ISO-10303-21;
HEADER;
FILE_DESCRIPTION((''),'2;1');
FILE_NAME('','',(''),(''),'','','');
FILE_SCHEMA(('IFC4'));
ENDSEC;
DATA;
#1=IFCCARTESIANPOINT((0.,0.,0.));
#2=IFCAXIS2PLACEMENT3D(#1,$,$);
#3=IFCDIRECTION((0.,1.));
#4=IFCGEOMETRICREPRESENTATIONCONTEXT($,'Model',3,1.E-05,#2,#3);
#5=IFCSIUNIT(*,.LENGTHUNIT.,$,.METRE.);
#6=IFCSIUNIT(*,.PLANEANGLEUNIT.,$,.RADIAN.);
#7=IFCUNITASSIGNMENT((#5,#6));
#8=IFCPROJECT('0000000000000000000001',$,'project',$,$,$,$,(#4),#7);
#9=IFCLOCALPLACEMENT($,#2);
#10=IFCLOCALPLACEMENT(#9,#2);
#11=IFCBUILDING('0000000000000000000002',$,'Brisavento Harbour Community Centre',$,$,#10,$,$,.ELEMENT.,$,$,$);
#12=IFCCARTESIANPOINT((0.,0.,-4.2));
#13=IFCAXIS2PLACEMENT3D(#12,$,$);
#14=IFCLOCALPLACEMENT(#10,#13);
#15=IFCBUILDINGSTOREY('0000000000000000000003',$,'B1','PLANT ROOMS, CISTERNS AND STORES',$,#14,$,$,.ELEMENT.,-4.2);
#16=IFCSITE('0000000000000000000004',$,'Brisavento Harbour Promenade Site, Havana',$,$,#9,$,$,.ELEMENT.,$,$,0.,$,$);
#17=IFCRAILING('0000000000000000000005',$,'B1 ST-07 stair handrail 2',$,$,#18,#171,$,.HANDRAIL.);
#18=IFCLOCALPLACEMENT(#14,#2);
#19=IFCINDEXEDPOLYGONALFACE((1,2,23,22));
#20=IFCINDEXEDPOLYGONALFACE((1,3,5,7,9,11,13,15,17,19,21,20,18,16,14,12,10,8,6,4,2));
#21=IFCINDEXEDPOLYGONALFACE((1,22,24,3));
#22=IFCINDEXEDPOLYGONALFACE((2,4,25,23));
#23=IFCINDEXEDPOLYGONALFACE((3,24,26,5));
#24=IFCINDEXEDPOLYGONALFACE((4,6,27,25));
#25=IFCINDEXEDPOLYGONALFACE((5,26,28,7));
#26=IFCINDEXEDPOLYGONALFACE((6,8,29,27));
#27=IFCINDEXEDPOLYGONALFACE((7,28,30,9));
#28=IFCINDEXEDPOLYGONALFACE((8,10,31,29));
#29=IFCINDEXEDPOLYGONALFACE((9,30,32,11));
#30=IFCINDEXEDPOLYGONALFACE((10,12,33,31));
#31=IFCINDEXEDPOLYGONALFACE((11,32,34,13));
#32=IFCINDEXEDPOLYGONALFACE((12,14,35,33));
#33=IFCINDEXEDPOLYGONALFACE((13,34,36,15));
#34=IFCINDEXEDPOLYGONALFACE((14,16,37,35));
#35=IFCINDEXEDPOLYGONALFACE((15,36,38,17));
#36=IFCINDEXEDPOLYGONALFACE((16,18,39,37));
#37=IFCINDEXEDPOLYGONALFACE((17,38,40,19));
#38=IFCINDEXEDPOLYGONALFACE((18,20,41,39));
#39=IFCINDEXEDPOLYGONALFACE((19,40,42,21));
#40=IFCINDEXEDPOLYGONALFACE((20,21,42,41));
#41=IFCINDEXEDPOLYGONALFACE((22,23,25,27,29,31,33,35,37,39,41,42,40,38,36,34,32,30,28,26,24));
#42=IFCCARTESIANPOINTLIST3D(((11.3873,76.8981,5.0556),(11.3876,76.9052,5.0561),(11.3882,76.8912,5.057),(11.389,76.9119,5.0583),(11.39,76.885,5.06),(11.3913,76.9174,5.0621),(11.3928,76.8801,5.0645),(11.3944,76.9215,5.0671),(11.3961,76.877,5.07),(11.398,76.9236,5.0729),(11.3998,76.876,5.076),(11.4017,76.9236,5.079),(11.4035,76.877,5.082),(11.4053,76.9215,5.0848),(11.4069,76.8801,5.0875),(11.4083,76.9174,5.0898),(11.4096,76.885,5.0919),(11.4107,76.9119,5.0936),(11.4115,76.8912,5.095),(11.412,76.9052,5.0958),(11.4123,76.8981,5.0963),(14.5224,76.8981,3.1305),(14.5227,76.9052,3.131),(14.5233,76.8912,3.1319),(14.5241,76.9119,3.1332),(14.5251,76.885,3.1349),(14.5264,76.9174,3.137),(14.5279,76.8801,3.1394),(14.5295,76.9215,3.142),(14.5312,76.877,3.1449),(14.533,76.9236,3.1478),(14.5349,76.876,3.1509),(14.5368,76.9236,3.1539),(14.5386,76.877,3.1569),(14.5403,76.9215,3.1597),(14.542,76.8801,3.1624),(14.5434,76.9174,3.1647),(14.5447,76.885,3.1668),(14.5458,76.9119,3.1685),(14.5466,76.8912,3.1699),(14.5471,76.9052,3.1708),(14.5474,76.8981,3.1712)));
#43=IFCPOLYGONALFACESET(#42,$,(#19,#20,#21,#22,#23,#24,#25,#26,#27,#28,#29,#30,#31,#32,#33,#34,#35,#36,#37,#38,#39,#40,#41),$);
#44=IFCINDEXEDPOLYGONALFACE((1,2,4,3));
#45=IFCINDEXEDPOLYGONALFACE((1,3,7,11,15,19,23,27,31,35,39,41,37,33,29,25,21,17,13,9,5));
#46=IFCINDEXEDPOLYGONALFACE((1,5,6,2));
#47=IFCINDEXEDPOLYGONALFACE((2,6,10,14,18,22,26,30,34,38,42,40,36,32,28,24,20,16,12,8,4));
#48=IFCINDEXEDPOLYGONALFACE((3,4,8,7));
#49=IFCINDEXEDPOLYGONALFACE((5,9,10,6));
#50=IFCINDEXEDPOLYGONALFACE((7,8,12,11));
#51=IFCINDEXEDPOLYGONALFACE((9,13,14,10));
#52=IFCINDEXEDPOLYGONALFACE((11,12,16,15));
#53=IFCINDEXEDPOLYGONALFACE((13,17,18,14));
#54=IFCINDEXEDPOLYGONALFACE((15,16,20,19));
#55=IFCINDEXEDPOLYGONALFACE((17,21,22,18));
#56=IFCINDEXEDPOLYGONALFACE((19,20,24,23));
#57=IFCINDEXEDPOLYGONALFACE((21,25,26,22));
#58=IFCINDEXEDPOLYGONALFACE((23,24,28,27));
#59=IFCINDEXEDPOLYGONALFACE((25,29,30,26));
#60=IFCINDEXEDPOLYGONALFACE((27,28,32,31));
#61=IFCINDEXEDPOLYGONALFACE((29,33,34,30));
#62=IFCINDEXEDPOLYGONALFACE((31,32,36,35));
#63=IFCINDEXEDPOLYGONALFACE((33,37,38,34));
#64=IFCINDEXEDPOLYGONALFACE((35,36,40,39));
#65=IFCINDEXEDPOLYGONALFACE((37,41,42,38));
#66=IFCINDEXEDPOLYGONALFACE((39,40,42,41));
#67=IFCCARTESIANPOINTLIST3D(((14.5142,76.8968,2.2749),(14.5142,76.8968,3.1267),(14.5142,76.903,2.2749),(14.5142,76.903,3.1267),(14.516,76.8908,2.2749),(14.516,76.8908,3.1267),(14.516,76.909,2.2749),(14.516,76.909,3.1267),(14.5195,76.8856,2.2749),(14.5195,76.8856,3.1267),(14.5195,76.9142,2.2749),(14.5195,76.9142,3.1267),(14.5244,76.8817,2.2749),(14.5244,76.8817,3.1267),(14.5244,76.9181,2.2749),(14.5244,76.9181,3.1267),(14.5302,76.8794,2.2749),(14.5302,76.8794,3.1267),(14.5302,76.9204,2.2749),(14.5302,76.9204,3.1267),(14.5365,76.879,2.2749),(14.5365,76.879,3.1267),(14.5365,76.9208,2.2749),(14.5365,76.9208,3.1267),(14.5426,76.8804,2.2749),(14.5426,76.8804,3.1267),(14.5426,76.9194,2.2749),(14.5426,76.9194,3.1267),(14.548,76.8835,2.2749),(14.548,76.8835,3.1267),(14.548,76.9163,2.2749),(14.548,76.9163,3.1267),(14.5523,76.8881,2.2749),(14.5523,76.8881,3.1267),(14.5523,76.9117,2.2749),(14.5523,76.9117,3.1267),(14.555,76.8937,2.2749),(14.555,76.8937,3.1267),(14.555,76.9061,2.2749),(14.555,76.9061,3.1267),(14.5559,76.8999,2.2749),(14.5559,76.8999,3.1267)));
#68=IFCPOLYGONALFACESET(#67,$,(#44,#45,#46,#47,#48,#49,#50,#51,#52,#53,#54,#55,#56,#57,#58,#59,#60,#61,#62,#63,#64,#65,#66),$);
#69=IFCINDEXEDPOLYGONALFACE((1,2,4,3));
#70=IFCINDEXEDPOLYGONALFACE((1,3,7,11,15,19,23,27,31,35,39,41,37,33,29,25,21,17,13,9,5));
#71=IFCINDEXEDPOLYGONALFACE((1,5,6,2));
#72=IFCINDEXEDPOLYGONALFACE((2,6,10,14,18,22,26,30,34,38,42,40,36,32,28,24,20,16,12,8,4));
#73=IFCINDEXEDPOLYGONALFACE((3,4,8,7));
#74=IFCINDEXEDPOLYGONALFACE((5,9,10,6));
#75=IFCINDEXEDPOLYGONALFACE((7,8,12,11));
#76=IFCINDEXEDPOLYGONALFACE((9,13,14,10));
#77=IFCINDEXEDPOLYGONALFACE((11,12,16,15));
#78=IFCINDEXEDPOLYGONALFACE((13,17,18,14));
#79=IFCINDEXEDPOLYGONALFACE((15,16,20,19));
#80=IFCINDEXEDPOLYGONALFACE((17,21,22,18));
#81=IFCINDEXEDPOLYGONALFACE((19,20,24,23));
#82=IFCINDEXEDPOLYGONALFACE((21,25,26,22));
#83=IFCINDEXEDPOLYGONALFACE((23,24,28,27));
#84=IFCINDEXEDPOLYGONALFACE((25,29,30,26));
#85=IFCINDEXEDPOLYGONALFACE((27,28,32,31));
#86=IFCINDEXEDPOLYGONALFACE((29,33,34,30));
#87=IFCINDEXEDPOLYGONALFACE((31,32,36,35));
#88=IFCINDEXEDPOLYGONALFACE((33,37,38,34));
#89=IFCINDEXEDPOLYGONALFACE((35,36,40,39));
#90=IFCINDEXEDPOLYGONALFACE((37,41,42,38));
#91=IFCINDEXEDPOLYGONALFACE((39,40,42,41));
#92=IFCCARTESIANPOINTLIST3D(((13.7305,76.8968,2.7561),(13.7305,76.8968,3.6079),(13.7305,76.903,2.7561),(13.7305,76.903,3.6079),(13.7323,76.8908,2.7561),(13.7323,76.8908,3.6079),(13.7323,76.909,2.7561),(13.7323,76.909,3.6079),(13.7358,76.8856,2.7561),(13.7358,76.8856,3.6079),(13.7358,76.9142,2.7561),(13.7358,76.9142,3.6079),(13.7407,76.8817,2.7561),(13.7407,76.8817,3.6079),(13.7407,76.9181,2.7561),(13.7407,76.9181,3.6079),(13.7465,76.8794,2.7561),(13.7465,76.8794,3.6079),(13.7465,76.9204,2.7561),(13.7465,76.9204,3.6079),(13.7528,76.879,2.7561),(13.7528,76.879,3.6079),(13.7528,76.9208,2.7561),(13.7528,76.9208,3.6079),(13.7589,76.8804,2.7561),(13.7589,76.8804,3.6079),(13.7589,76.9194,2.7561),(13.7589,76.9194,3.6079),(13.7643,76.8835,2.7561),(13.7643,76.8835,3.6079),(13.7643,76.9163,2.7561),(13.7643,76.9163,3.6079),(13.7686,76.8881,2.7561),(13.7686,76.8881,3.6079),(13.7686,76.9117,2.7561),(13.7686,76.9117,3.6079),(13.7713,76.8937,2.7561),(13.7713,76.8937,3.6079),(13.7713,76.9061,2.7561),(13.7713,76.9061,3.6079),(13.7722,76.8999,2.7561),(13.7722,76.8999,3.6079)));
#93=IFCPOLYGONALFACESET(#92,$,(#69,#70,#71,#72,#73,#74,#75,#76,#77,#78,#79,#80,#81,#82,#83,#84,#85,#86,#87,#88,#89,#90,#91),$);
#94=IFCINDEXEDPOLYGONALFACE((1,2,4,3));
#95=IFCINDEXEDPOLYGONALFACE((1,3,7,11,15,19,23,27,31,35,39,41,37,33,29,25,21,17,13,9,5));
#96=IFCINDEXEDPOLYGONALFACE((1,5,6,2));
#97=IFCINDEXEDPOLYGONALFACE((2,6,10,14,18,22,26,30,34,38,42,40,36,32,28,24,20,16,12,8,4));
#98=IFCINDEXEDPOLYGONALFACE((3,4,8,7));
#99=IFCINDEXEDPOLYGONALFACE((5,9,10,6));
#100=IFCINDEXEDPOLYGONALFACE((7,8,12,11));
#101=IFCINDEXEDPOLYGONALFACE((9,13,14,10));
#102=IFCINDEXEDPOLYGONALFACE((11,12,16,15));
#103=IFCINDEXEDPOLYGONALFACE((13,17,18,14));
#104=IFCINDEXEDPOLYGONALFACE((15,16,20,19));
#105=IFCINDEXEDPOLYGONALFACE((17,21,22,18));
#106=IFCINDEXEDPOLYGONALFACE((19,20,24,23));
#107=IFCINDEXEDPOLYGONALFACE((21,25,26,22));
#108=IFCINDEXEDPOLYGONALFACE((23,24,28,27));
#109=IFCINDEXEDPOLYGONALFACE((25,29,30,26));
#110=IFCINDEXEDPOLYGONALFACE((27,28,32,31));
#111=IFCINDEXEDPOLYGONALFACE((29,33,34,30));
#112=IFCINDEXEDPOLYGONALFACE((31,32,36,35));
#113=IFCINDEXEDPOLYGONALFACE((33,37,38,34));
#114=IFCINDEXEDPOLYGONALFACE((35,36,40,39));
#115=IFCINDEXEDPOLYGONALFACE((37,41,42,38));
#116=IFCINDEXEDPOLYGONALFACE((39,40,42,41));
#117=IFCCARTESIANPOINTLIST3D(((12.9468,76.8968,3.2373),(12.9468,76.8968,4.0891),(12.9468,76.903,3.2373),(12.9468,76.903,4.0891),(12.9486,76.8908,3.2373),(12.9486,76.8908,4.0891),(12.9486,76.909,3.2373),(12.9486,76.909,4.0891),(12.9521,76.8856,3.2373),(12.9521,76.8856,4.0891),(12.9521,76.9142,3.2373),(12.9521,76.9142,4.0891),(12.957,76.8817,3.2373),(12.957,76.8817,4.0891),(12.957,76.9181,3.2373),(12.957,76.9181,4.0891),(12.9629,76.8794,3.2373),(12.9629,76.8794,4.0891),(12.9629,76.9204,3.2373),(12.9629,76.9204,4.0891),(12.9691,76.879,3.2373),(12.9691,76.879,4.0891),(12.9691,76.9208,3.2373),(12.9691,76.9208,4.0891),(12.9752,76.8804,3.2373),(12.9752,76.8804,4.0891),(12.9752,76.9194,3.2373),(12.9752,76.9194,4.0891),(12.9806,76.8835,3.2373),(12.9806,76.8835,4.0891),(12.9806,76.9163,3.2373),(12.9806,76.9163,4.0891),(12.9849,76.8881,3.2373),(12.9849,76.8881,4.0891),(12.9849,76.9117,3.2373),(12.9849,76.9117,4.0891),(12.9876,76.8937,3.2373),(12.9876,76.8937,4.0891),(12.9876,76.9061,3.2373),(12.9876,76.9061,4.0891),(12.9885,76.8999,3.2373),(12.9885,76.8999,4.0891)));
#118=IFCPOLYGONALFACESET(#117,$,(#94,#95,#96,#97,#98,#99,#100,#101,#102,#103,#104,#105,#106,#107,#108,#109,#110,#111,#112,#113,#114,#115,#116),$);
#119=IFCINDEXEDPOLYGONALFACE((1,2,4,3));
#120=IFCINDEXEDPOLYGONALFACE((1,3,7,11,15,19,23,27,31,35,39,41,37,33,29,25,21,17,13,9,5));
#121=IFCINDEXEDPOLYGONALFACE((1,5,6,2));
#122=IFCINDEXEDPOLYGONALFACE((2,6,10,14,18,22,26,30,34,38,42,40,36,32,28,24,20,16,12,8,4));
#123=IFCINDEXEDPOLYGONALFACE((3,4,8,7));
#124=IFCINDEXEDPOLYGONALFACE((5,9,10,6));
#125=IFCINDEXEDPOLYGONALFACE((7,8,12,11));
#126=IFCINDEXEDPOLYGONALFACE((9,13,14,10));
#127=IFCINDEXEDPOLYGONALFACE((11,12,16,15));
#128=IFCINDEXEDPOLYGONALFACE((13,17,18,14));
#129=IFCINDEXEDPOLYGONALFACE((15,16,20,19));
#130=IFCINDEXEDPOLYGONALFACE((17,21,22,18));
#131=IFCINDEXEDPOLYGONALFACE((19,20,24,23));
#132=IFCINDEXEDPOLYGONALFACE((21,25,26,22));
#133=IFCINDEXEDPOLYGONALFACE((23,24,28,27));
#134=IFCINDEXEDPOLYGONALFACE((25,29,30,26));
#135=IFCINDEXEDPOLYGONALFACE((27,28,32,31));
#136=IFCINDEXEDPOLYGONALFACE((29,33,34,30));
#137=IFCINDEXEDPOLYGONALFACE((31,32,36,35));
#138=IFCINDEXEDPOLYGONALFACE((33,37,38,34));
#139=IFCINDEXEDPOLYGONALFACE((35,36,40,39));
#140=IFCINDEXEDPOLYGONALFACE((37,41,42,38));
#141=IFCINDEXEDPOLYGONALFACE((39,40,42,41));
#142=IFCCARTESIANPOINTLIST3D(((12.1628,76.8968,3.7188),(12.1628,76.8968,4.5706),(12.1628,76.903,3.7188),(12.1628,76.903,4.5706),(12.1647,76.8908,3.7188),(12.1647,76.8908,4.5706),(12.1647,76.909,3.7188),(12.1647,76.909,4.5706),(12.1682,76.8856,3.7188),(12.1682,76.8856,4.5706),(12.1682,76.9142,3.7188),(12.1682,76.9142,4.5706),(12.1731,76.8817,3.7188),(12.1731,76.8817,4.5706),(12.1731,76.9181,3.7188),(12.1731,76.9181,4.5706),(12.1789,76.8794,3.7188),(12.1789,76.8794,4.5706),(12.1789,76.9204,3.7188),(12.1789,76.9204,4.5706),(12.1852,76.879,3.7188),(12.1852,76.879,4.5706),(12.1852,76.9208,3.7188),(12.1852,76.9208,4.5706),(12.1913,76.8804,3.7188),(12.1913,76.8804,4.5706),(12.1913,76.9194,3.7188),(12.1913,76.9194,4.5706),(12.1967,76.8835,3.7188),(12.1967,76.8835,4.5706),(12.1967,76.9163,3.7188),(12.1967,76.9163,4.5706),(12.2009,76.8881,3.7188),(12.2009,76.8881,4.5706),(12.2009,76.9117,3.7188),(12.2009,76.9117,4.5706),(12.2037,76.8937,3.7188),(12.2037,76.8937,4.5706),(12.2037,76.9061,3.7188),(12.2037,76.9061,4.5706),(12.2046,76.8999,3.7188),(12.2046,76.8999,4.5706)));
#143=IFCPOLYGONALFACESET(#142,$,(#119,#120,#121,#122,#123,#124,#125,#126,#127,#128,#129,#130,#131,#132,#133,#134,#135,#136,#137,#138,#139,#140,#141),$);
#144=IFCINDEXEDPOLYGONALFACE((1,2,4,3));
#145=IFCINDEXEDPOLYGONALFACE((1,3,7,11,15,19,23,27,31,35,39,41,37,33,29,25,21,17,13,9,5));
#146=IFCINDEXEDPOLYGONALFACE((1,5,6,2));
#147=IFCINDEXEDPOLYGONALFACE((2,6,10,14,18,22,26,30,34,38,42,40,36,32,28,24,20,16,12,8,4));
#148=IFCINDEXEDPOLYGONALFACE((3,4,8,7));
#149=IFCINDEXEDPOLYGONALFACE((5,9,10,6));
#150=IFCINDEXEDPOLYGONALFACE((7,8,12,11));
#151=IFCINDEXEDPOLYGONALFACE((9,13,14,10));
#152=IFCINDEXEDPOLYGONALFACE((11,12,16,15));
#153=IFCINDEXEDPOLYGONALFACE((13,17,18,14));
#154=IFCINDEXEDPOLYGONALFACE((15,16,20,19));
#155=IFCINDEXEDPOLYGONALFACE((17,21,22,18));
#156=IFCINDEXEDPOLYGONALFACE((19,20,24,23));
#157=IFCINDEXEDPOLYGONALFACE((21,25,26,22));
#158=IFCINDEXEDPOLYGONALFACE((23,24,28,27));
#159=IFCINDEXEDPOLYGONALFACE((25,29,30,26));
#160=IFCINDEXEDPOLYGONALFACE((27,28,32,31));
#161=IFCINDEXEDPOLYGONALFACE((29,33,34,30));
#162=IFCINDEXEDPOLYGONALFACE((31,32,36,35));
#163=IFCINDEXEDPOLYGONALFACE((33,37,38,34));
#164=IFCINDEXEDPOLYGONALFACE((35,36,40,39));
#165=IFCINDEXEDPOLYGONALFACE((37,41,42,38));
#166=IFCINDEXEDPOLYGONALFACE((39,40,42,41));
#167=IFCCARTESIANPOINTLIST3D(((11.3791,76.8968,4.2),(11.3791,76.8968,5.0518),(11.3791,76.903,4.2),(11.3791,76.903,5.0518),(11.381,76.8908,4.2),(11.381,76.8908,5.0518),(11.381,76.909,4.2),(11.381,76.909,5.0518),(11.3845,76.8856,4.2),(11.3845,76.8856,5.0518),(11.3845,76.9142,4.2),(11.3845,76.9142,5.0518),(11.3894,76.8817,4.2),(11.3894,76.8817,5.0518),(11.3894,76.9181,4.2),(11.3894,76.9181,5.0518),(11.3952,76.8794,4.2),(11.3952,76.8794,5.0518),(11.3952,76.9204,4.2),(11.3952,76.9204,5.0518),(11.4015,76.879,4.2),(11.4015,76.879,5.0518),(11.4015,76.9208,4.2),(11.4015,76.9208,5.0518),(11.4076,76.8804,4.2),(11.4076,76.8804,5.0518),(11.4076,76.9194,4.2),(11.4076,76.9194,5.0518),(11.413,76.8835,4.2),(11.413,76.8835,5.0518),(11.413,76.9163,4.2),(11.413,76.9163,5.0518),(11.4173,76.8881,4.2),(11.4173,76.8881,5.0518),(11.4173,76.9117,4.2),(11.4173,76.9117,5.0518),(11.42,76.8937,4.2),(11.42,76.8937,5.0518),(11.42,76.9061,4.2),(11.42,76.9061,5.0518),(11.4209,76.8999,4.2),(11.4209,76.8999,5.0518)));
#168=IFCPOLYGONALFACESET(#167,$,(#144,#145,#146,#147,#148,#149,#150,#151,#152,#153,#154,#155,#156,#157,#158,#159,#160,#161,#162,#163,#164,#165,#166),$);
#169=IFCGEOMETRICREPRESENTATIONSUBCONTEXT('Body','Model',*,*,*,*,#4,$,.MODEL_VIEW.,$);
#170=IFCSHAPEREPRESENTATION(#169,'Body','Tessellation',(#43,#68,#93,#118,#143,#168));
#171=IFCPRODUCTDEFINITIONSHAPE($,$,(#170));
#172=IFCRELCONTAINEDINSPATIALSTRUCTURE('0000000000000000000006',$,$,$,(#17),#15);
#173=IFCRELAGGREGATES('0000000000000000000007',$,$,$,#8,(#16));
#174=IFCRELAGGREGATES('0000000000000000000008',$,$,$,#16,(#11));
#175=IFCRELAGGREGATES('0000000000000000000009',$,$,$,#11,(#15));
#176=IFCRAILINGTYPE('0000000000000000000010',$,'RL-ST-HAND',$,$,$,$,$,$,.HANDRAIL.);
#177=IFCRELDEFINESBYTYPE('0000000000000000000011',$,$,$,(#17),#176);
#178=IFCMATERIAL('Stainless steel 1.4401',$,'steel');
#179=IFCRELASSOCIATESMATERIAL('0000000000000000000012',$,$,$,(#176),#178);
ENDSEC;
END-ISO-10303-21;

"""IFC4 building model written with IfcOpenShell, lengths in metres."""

from ifc_helpers import new_model, si_unit, direction, frame, origin, origin_2d, place, context, subcontext, project, spatial, circle, extrude, material, type_object, element, save


model = new_model("IFC4")

# Units and contexts
model_context = context("Model", 3, precision=1e-05, world=origin(), true_north=direction((0.0, 1.0)))
body_context = subcontext(model_context, "Body", "Model", "MODEL_VIEW")
ifc_project = project(units=[si_unit("LENGTHUNIT", "METRE"), si_unit("PLANEANGLEUNIT", "RADIAN")], contexts=[model_context])

# Site, building, storey
site_placement = place(None, origin())
site = spatial("IfcSite", under=ifc_project, at=site_placement, Name="Brisavento Harbour Promenade Site, Havana", CompositionType="ELEMENT", RefElevation=0.0)
building_placement = place(site_placement, origin())
building = spatial("IfcBuilding", under=site, at=building_placement, Name="Brisavento Harbour Community Centre", CompositionType="ELEMENT")
storey_placement = place(building_placement, frame((0.0, 0.0, -4.2)))
storey = spatial("IfcBuildingStorey", under=building, at=storey_placement, Name="B1", Description="PLANT ROOMS, CISTERNS AND STORES", CompositionType="ELEMENT", Elevation=-4.2)

# Railing
ifc_material_1 = material(Name="Stainless steel 1.4401", Category="steel")
railing_type_1 = type_object("IfcRailingType", Name="RL-ST-HAND", PredefinedType="HANDRAIL", material=ifc_material_1)
railing_1_placement = place(storey_placement, frame((14.5349, 76.8999, 2.2749)))
element("IfcRailing", 1, at=railing_1_placement, inside=storey, type_object=railing_type_1, Name="B1 ST-07 stair handrail 2", PredefinedType="HANDRAIL", context=body_context, shape_type="SweptSolid", body=[
    extrude(circle(Radius=0.0239, at=origin_2d()), frame((0.0, 0.0, 0.876), z_axis=(-0.852166, 0.0, 0.523271), x_axis=(0.0, -1.0, 0.0)), (0.0, 0.0, 1.0), 3.679),
    extrude(circle(Radius=0.021, at=origin_2d()), origin(), (0.0, 0.0, 1.0), 0.8518),
    extrude(circle(Radius=0.021, at=origin_2d()), frame((-0.7837, 0.0, 0.4812)), (0.0, 0.0, 1.0), 0.8518),
    extrude(circle(Radius=0.021, at=origin_2d()), frame((-1.5674, 0.0, 0.9624)), (0.0, 0.0, 1.0), 0.8518),
    extrude(circle(Radius=0.021, at=origin_2d()), frame((-2.3513, 0.0, 1.4438)), (0.0, 0.0, 1.0), 0.8518),
    extrude(circle(Radius=0.021, at=origin_2d()), frame((-3.135, 0.0, 1.925)), (0.0, 0.0, 1.0), 0.8518),
])

save(model, "model.ifc")
